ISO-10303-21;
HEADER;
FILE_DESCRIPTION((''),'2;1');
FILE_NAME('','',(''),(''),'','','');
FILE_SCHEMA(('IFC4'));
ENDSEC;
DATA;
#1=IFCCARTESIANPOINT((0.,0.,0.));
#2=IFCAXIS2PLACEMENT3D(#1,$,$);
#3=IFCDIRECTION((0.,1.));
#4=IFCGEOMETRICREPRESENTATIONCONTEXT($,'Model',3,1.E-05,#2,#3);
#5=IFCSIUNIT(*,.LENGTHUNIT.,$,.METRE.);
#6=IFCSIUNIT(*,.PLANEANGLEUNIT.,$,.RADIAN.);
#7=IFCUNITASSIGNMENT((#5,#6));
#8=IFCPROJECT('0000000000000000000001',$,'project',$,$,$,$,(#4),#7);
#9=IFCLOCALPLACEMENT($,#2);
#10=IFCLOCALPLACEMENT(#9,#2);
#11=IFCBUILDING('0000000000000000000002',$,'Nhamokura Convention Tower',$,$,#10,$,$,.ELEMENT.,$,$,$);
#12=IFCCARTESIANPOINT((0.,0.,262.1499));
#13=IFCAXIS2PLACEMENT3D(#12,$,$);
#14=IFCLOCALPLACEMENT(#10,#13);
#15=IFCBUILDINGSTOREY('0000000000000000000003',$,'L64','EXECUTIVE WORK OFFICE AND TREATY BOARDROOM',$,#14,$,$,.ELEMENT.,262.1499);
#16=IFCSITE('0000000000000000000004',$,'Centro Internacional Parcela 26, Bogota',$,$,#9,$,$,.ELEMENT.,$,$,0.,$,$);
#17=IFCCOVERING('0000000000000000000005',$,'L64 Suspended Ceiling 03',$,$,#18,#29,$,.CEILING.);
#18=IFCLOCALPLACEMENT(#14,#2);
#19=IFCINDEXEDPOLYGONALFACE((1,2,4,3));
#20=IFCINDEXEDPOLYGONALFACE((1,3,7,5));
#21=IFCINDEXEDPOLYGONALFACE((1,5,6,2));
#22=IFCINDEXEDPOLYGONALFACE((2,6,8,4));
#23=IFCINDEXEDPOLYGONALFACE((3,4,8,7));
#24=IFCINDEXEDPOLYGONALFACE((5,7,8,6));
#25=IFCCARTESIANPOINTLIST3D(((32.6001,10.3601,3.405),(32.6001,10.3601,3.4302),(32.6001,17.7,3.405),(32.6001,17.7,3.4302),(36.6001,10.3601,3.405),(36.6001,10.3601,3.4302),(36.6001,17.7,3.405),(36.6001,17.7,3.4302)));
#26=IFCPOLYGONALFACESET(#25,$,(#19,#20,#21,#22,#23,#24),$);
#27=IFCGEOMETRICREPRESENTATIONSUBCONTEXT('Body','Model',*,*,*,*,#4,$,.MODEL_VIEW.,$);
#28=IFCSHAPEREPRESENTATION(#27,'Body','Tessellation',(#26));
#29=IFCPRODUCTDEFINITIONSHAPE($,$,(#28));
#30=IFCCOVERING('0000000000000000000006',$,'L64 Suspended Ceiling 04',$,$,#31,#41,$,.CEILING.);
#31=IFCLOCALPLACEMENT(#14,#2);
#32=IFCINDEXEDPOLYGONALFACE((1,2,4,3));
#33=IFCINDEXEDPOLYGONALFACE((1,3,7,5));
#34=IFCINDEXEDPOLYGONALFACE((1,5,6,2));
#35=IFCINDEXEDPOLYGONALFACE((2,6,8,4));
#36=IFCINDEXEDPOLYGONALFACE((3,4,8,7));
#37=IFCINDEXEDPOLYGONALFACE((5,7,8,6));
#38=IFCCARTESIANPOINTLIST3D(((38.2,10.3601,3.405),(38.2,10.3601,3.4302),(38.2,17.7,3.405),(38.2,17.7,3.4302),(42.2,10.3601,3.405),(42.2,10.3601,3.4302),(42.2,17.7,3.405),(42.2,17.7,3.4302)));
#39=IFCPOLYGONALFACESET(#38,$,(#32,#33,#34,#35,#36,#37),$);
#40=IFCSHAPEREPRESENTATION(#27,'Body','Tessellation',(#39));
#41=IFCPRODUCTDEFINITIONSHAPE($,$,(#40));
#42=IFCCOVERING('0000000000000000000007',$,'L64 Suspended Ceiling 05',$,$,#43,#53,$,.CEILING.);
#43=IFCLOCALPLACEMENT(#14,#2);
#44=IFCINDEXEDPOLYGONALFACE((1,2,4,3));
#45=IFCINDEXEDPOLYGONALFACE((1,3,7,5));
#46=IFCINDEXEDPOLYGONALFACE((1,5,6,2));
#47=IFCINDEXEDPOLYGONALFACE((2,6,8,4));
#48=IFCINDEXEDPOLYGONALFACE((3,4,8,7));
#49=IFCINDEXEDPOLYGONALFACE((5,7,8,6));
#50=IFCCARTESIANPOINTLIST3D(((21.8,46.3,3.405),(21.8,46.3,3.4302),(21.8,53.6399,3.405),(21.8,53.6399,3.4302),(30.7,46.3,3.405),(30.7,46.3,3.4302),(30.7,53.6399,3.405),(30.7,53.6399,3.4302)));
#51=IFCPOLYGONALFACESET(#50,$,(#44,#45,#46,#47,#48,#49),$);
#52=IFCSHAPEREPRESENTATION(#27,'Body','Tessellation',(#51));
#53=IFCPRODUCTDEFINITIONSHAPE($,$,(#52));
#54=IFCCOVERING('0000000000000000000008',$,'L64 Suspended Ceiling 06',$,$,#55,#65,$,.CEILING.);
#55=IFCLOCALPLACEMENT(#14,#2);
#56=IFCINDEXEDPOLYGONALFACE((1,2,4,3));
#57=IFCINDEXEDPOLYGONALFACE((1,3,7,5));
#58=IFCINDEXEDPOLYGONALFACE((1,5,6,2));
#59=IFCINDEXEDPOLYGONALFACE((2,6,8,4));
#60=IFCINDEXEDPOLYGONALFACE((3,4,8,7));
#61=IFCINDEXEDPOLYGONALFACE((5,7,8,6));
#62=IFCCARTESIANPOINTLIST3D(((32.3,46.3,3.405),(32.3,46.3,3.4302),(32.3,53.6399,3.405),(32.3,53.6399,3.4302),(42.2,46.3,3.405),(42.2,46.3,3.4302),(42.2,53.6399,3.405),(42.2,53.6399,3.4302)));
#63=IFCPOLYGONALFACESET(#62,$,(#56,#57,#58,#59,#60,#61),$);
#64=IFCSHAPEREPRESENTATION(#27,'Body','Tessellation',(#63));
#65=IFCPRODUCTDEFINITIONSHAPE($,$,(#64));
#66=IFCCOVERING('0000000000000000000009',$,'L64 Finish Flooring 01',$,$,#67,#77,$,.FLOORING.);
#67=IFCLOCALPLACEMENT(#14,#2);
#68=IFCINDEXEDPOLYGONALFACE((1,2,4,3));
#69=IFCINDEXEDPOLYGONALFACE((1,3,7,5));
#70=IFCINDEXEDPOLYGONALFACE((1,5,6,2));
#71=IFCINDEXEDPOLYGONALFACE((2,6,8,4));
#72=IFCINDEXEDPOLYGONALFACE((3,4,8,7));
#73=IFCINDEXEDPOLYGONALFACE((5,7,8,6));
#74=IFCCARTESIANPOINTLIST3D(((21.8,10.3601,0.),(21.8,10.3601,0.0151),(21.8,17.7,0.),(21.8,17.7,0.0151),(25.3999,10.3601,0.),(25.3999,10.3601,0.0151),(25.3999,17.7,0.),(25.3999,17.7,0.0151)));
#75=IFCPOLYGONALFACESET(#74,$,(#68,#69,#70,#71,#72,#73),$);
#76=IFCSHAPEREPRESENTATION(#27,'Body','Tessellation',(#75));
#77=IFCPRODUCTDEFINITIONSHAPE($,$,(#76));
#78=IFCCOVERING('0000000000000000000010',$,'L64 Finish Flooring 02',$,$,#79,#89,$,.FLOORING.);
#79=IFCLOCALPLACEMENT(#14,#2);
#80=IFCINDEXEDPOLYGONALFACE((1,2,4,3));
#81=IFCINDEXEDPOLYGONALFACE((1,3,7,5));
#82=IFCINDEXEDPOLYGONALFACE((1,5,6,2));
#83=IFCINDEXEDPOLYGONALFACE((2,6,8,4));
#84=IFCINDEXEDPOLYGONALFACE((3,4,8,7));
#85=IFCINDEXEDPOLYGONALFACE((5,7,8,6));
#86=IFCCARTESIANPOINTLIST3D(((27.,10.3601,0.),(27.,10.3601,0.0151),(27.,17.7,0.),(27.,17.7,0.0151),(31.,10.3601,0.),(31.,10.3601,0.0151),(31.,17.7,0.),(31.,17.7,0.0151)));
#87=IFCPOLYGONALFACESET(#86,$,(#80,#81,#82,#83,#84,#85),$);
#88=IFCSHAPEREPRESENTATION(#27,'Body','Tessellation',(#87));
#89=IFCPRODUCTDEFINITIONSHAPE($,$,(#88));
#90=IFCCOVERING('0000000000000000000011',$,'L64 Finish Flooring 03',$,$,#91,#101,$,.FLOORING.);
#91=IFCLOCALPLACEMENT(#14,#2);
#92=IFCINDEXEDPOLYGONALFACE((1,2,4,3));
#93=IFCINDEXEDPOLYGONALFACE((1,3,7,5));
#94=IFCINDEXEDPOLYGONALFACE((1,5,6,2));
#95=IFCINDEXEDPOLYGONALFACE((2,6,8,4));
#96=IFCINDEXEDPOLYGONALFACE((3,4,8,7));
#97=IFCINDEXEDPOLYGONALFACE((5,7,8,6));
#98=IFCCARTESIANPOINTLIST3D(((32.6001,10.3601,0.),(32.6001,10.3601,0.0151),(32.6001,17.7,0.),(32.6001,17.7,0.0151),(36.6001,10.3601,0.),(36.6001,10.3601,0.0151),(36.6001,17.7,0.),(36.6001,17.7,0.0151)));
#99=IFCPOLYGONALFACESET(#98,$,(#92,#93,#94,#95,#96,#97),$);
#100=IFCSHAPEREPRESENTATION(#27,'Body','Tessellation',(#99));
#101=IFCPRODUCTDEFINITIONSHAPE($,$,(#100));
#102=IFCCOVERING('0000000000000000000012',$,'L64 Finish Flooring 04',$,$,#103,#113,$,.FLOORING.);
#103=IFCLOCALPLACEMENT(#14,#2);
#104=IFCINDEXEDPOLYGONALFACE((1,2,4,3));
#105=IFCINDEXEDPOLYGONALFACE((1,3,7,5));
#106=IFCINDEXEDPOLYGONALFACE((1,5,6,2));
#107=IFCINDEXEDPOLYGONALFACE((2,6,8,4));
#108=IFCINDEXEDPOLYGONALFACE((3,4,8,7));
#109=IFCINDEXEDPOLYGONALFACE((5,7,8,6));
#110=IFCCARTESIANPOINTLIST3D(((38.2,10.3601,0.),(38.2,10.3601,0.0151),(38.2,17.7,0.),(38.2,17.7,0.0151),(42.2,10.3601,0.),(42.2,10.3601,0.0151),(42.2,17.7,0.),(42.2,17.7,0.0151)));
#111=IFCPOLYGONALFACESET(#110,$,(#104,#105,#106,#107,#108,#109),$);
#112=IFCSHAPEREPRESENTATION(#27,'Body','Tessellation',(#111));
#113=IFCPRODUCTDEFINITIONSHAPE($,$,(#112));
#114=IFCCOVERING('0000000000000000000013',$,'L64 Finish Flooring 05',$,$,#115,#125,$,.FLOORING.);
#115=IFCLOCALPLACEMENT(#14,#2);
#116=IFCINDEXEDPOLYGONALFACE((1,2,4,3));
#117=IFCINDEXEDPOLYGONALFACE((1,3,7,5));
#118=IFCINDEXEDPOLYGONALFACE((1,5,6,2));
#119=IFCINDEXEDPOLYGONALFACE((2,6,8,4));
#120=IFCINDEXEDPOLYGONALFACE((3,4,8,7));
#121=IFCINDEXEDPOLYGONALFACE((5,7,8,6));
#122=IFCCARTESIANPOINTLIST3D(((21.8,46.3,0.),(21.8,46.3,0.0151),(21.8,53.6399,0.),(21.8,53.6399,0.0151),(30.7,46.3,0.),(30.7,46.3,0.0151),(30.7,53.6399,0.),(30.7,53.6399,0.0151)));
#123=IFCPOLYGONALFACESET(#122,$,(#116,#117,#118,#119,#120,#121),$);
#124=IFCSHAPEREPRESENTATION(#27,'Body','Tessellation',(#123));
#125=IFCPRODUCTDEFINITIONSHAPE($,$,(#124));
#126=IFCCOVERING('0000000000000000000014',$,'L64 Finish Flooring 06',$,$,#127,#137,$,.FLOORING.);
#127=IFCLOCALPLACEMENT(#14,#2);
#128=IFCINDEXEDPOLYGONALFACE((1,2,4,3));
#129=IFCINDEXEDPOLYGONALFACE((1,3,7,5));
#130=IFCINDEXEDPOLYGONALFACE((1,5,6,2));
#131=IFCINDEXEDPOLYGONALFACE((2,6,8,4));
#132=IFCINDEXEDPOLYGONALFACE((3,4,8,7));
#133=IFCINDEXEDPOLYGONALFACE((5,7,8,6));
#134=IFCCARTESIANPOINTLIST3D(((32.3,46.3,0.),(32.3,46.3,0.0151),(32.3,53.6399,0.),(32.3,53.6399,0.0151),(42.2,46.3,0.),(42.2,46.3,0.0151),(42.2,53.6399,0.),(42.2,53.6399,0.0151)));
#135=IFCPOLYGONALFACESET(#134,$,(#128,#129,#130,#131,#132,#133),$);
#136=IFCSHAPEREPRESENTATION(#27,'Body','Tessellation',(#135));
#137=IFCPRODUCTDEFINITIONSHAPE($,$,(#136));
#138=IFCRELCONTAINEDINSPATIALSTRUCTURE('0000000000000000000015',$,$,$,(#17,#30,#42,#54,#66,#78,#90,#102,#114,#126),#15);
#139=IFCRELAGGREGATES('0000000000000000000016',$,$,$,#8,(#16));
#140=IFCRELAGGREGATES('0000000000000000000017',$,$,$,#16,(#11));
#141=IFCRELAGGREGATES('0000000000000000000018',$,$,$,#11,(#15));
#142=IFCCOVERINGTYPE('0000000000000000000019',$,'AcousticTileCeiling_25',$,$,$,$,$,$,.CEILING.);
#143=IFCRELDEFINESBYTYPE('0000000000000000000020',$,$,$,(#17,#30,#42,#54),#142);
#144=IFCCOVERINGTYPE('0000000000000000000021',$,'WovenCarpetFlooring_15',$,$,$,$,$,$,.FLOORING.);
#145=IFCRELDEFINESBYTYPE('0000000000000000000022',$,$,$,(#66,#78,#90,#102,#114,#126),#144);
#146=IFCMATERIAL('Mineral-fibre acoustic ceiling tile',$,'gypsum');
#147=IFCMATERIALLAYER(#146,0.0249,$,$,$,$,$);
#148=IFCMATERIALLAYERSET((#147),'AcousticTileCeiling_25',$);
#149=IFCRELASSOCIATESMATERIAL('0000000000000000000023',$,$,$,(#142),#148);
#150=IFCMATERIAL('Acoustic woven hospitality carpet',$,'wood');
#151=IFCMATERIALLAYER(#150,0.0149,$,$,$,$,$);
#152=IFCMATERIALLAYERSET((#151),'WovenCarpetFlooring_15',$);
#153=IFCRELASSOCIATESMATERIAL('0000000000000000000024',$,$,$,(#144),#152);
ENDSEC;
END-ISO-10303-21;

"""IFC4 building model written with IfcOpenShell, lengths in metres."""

from ifc_helpers import new_model, si_unit, direction, frame, origin, place, context, subcontext, project, spatial, polyline, outline, extrude, material, layer, layer_set, type_object, element, save


model = new_model("IFC4")

# Units and contexts
model_context = context("Model", 3, precision=1e-05, world=origin(), true_north=direction((0.0, 1.0)))
body_context = subcontext(model_context, "Body", "Model", "MODEL_VIEW")
ifc_project = project(units=[si_unit("LENGTHUNIT", "METRE"), si_unit("PLANEANGLEUNIT", "RADIAN")], contexts=[model_context])

# Site, building, storey
site_placement = place(None, origin())
site = spatial("IfcSite", under=ifc_project, at=site_placement, Name="Centro Internacional Parcela 26, Bogota", CompositionType="ELEMENT", RefElevation=0.0)
building_placement = place(site_placement, origin())
building = spatial("IfcBuilding", under=site, at=building_placement, Name="Nhamokura Convention Tower", CompositionType="ELEMENT")
storey_placement = place(building_placement, frame((0.0, 0.0, 262.1499)))
storey = spatial("IfcBuildingStorey", under=building, at=storey_placement, Name="L64", Description="EXECUTIVE WORK OFFICE AND TREATY BOARDROOM", CompositionType="ELEMENT", Elevation=262.1499)

# Coverings
ifc_material_1 = material(Name="Mineral-fibre acoustic ceiling tile", Category="gypsum")
ifc_layer_1 = layer(ifc_material_1, 0.0249)
ifc_layer_set_1 = layer_set([ifc_layer_1], Name="AcousticTileCeiling_25")
covering_type_1 = type_object("IfcCoveringType", Name="AcousticTileCeiling_25", PredefinedType="CEILING", material=ifc_layer_set_1)
covering_1_placement = place(storey_placement, frame((0.0, 0.0, 3.405)))
element("IfcCovering", 1, at=covering_1_placement, inside=storey, type_object=covering_type_1, Name="L64 Suspended Ceiling 03", PredefinedType="CEILING", context=body_context, shape_type="SweptSolid", body=[
    extrude(outline(polyline([(32.6001, 10.3601), (36.6001, 10.3601), (36.6001, 17.7), (32.6001, 17.7), (32.6001, 10.3601)])), origin(), (0.0, 0.0, 1.0), 0.0251),
])
covering_2_placement = place(storey_placement, frame((0.0, 0.0, 3.405)))
element("IfcCovering", 2, at=covering_2_placement, inside=storey, type_object=covering_type_1, Name="L64 Suspended Ceiling 04", PredefinedType="CEILING", context=body_context, shape_type="SweptSolid", body=[
    extrude(outline(polyline([(38.2, 10.3601), (42.2, 10.3601), (42.2, 17.7), (38.2, 17.7), (38.2, 10.3601)])), origin(), (0.0, 0.0, 1.0), 0.0251),
])
covering_3_placement = place(storey_placement, frame((0.0, 0.0, 3.405)))
element("IfcCovering", 3, at=covering_3_placement, inside=storey, type_object=covering_type_1, Name="L64 Suspended Ceiling 05", PredefinedType="CEILING", context=body_context, shape_type="SweptSolid", body=[
    extrude(outline(polyline([(21.8, 46.3), (30.7, 46.3), (30.7, 53.6399), (21.8, 53.6399), (21.8, 46.3)])), origin(), (0.0, 0.0, 1.0), 0.0251),
])
covering_4_placement = place(storey_placement, frame((0.0, 0.0, 3.405)))
element("IfcCovering", 4, at=covering_4_placement, inside=storey, type_object=covering_type_1, Name="L64 Suspended Ceiling 06", PredefinedType="CEILING", context=body_context, shape_type="SweptSolid", body=[
    extrude(outline(polyline([(32.3, 46.3), (42.2, 46.3), (42.2, 53.6399), (32.3, 53.6399), (32.3, 46.3)])), origin(), (0.0, 0.0, 1.0), 0.0251),
])
ifc_material_2 = material(Name="Acoustic woven hospitality carpet", Category="wood")
ifc_layer_2 = layer(ifc_material_2, 0.0149)
ifc_layer_set_2 = layer_set([ifc_layer_2], Name="WovenCarpetFlooring_15")
covering_type_2 = type_object("IfcCoveringType", Name="WovenCarpetFlooring_15", PredefinedType="FLOORING", material=ifc_layer_set_2)
covering_5_placement = place(storey_placement, origin())
element("IfcCovering", 5, at=covering_5_placement, inside=storey, type_object=covering_type_2, Name="L64 Finish Flooring 01", PredefinedType="FLOORING", context=body_context, shape_type="SweptSolid", body=[
    extrude(outline(polyline([(21.8, 10.3601), (25.3999, 10.3601), (25.3999, 17.7), (21.8, 17.7), (21.8, 10.3601)])), origin(), (0.0, 0.0, 1.0), 0.0151),
])
covering_6_placement = place(storey_placement, origin())
element("IfcCovering", 6, at=covering_6_placement, inside=storey, type_object=covering_type_2, Name="L64 Finish Flooring 02", PredefinedType="FLOORING", context=body_context, shape_type="SweptSolid", body=[
    extrude(outline(polyline([(27.0, 10.3601), (31.0, 10.3601), (31.0, 17.7), (27.0, 17.7), (27.0, 10.3601)])), origin(), (0.0, 0.0, 1.0), 0.0151),
])
covering_7_placement = place(storey_placement, origin())
element("IfcCovering", 7, at=covering_7_placement, inside=storey, type_object=covering_type_2, Name="L64 Finish Flooring 03", PredefinedType="FLOORING", context=body_context, shape_type="SweptSolid", body=[
    extrude(outline(polyline([(32.6001, 10.3601), (36.6001, 10.3601), (36.6001, 17.7), (32.6001, 17.7), (32.6001, 10.3601)])), origin(), (0.0, 0.0, 1.0), 0.0151),
])
covering_8_placement = place(storey_placement, origin())
element("IfcCovering", 8, at=covering_8_placement, inside=storey, type_object=covering_type_2, Name="L64 Finish Flooring 04", PredefinedType="FLOORING", context=body_context, shape_type="SweptSolid", body=[
    extrude(outline(polyline([(38.2, 10.3601), (42.2, 10.3601), (42.2, 17.7), (38.2, 17.7), (38.2, 10.3601)])), origin(), (0.0, 0.0, 1.0), 0.0151),
])
covering_9_placement = place(storey_placement, origin())
element("IfcCovering", 9, at=covering_9_placement, inside=storey, type_object=covering_type_2, Name="L64 Finish Flooring 05", PredefinedType="FLOORING", context=body_context, shape_type="SweptSolid", body=[
    extrude(outline(polyline([(21.8, 46.3), (30.7, 46.3), (30.7, 53.6399), (21.8, 53.6399), (21.8, 46.3)])), origin(), (0.0, 0.0, 1.0), 0.0151),
])
covering_10_placement = place(storey_placement, origin())
element("IfcCovering", 10, at=covering_10_placement, inside=storey, type_object=covering_type_2, Name="L64 Finish Flooring 06", PredefinedType="FLOORING", context=body_context, shape_type="SweptSolid", body=[
    extrude(outline(polyline([(32.3, 46.3), (42.2, 46.3), (42.2, 53.6399), (32.3, 53.6399), (32.3, 46.3)])), origin(), (0.0, 0.0, 1.0), 0.0151),
])

save(model, "model.ifc")
